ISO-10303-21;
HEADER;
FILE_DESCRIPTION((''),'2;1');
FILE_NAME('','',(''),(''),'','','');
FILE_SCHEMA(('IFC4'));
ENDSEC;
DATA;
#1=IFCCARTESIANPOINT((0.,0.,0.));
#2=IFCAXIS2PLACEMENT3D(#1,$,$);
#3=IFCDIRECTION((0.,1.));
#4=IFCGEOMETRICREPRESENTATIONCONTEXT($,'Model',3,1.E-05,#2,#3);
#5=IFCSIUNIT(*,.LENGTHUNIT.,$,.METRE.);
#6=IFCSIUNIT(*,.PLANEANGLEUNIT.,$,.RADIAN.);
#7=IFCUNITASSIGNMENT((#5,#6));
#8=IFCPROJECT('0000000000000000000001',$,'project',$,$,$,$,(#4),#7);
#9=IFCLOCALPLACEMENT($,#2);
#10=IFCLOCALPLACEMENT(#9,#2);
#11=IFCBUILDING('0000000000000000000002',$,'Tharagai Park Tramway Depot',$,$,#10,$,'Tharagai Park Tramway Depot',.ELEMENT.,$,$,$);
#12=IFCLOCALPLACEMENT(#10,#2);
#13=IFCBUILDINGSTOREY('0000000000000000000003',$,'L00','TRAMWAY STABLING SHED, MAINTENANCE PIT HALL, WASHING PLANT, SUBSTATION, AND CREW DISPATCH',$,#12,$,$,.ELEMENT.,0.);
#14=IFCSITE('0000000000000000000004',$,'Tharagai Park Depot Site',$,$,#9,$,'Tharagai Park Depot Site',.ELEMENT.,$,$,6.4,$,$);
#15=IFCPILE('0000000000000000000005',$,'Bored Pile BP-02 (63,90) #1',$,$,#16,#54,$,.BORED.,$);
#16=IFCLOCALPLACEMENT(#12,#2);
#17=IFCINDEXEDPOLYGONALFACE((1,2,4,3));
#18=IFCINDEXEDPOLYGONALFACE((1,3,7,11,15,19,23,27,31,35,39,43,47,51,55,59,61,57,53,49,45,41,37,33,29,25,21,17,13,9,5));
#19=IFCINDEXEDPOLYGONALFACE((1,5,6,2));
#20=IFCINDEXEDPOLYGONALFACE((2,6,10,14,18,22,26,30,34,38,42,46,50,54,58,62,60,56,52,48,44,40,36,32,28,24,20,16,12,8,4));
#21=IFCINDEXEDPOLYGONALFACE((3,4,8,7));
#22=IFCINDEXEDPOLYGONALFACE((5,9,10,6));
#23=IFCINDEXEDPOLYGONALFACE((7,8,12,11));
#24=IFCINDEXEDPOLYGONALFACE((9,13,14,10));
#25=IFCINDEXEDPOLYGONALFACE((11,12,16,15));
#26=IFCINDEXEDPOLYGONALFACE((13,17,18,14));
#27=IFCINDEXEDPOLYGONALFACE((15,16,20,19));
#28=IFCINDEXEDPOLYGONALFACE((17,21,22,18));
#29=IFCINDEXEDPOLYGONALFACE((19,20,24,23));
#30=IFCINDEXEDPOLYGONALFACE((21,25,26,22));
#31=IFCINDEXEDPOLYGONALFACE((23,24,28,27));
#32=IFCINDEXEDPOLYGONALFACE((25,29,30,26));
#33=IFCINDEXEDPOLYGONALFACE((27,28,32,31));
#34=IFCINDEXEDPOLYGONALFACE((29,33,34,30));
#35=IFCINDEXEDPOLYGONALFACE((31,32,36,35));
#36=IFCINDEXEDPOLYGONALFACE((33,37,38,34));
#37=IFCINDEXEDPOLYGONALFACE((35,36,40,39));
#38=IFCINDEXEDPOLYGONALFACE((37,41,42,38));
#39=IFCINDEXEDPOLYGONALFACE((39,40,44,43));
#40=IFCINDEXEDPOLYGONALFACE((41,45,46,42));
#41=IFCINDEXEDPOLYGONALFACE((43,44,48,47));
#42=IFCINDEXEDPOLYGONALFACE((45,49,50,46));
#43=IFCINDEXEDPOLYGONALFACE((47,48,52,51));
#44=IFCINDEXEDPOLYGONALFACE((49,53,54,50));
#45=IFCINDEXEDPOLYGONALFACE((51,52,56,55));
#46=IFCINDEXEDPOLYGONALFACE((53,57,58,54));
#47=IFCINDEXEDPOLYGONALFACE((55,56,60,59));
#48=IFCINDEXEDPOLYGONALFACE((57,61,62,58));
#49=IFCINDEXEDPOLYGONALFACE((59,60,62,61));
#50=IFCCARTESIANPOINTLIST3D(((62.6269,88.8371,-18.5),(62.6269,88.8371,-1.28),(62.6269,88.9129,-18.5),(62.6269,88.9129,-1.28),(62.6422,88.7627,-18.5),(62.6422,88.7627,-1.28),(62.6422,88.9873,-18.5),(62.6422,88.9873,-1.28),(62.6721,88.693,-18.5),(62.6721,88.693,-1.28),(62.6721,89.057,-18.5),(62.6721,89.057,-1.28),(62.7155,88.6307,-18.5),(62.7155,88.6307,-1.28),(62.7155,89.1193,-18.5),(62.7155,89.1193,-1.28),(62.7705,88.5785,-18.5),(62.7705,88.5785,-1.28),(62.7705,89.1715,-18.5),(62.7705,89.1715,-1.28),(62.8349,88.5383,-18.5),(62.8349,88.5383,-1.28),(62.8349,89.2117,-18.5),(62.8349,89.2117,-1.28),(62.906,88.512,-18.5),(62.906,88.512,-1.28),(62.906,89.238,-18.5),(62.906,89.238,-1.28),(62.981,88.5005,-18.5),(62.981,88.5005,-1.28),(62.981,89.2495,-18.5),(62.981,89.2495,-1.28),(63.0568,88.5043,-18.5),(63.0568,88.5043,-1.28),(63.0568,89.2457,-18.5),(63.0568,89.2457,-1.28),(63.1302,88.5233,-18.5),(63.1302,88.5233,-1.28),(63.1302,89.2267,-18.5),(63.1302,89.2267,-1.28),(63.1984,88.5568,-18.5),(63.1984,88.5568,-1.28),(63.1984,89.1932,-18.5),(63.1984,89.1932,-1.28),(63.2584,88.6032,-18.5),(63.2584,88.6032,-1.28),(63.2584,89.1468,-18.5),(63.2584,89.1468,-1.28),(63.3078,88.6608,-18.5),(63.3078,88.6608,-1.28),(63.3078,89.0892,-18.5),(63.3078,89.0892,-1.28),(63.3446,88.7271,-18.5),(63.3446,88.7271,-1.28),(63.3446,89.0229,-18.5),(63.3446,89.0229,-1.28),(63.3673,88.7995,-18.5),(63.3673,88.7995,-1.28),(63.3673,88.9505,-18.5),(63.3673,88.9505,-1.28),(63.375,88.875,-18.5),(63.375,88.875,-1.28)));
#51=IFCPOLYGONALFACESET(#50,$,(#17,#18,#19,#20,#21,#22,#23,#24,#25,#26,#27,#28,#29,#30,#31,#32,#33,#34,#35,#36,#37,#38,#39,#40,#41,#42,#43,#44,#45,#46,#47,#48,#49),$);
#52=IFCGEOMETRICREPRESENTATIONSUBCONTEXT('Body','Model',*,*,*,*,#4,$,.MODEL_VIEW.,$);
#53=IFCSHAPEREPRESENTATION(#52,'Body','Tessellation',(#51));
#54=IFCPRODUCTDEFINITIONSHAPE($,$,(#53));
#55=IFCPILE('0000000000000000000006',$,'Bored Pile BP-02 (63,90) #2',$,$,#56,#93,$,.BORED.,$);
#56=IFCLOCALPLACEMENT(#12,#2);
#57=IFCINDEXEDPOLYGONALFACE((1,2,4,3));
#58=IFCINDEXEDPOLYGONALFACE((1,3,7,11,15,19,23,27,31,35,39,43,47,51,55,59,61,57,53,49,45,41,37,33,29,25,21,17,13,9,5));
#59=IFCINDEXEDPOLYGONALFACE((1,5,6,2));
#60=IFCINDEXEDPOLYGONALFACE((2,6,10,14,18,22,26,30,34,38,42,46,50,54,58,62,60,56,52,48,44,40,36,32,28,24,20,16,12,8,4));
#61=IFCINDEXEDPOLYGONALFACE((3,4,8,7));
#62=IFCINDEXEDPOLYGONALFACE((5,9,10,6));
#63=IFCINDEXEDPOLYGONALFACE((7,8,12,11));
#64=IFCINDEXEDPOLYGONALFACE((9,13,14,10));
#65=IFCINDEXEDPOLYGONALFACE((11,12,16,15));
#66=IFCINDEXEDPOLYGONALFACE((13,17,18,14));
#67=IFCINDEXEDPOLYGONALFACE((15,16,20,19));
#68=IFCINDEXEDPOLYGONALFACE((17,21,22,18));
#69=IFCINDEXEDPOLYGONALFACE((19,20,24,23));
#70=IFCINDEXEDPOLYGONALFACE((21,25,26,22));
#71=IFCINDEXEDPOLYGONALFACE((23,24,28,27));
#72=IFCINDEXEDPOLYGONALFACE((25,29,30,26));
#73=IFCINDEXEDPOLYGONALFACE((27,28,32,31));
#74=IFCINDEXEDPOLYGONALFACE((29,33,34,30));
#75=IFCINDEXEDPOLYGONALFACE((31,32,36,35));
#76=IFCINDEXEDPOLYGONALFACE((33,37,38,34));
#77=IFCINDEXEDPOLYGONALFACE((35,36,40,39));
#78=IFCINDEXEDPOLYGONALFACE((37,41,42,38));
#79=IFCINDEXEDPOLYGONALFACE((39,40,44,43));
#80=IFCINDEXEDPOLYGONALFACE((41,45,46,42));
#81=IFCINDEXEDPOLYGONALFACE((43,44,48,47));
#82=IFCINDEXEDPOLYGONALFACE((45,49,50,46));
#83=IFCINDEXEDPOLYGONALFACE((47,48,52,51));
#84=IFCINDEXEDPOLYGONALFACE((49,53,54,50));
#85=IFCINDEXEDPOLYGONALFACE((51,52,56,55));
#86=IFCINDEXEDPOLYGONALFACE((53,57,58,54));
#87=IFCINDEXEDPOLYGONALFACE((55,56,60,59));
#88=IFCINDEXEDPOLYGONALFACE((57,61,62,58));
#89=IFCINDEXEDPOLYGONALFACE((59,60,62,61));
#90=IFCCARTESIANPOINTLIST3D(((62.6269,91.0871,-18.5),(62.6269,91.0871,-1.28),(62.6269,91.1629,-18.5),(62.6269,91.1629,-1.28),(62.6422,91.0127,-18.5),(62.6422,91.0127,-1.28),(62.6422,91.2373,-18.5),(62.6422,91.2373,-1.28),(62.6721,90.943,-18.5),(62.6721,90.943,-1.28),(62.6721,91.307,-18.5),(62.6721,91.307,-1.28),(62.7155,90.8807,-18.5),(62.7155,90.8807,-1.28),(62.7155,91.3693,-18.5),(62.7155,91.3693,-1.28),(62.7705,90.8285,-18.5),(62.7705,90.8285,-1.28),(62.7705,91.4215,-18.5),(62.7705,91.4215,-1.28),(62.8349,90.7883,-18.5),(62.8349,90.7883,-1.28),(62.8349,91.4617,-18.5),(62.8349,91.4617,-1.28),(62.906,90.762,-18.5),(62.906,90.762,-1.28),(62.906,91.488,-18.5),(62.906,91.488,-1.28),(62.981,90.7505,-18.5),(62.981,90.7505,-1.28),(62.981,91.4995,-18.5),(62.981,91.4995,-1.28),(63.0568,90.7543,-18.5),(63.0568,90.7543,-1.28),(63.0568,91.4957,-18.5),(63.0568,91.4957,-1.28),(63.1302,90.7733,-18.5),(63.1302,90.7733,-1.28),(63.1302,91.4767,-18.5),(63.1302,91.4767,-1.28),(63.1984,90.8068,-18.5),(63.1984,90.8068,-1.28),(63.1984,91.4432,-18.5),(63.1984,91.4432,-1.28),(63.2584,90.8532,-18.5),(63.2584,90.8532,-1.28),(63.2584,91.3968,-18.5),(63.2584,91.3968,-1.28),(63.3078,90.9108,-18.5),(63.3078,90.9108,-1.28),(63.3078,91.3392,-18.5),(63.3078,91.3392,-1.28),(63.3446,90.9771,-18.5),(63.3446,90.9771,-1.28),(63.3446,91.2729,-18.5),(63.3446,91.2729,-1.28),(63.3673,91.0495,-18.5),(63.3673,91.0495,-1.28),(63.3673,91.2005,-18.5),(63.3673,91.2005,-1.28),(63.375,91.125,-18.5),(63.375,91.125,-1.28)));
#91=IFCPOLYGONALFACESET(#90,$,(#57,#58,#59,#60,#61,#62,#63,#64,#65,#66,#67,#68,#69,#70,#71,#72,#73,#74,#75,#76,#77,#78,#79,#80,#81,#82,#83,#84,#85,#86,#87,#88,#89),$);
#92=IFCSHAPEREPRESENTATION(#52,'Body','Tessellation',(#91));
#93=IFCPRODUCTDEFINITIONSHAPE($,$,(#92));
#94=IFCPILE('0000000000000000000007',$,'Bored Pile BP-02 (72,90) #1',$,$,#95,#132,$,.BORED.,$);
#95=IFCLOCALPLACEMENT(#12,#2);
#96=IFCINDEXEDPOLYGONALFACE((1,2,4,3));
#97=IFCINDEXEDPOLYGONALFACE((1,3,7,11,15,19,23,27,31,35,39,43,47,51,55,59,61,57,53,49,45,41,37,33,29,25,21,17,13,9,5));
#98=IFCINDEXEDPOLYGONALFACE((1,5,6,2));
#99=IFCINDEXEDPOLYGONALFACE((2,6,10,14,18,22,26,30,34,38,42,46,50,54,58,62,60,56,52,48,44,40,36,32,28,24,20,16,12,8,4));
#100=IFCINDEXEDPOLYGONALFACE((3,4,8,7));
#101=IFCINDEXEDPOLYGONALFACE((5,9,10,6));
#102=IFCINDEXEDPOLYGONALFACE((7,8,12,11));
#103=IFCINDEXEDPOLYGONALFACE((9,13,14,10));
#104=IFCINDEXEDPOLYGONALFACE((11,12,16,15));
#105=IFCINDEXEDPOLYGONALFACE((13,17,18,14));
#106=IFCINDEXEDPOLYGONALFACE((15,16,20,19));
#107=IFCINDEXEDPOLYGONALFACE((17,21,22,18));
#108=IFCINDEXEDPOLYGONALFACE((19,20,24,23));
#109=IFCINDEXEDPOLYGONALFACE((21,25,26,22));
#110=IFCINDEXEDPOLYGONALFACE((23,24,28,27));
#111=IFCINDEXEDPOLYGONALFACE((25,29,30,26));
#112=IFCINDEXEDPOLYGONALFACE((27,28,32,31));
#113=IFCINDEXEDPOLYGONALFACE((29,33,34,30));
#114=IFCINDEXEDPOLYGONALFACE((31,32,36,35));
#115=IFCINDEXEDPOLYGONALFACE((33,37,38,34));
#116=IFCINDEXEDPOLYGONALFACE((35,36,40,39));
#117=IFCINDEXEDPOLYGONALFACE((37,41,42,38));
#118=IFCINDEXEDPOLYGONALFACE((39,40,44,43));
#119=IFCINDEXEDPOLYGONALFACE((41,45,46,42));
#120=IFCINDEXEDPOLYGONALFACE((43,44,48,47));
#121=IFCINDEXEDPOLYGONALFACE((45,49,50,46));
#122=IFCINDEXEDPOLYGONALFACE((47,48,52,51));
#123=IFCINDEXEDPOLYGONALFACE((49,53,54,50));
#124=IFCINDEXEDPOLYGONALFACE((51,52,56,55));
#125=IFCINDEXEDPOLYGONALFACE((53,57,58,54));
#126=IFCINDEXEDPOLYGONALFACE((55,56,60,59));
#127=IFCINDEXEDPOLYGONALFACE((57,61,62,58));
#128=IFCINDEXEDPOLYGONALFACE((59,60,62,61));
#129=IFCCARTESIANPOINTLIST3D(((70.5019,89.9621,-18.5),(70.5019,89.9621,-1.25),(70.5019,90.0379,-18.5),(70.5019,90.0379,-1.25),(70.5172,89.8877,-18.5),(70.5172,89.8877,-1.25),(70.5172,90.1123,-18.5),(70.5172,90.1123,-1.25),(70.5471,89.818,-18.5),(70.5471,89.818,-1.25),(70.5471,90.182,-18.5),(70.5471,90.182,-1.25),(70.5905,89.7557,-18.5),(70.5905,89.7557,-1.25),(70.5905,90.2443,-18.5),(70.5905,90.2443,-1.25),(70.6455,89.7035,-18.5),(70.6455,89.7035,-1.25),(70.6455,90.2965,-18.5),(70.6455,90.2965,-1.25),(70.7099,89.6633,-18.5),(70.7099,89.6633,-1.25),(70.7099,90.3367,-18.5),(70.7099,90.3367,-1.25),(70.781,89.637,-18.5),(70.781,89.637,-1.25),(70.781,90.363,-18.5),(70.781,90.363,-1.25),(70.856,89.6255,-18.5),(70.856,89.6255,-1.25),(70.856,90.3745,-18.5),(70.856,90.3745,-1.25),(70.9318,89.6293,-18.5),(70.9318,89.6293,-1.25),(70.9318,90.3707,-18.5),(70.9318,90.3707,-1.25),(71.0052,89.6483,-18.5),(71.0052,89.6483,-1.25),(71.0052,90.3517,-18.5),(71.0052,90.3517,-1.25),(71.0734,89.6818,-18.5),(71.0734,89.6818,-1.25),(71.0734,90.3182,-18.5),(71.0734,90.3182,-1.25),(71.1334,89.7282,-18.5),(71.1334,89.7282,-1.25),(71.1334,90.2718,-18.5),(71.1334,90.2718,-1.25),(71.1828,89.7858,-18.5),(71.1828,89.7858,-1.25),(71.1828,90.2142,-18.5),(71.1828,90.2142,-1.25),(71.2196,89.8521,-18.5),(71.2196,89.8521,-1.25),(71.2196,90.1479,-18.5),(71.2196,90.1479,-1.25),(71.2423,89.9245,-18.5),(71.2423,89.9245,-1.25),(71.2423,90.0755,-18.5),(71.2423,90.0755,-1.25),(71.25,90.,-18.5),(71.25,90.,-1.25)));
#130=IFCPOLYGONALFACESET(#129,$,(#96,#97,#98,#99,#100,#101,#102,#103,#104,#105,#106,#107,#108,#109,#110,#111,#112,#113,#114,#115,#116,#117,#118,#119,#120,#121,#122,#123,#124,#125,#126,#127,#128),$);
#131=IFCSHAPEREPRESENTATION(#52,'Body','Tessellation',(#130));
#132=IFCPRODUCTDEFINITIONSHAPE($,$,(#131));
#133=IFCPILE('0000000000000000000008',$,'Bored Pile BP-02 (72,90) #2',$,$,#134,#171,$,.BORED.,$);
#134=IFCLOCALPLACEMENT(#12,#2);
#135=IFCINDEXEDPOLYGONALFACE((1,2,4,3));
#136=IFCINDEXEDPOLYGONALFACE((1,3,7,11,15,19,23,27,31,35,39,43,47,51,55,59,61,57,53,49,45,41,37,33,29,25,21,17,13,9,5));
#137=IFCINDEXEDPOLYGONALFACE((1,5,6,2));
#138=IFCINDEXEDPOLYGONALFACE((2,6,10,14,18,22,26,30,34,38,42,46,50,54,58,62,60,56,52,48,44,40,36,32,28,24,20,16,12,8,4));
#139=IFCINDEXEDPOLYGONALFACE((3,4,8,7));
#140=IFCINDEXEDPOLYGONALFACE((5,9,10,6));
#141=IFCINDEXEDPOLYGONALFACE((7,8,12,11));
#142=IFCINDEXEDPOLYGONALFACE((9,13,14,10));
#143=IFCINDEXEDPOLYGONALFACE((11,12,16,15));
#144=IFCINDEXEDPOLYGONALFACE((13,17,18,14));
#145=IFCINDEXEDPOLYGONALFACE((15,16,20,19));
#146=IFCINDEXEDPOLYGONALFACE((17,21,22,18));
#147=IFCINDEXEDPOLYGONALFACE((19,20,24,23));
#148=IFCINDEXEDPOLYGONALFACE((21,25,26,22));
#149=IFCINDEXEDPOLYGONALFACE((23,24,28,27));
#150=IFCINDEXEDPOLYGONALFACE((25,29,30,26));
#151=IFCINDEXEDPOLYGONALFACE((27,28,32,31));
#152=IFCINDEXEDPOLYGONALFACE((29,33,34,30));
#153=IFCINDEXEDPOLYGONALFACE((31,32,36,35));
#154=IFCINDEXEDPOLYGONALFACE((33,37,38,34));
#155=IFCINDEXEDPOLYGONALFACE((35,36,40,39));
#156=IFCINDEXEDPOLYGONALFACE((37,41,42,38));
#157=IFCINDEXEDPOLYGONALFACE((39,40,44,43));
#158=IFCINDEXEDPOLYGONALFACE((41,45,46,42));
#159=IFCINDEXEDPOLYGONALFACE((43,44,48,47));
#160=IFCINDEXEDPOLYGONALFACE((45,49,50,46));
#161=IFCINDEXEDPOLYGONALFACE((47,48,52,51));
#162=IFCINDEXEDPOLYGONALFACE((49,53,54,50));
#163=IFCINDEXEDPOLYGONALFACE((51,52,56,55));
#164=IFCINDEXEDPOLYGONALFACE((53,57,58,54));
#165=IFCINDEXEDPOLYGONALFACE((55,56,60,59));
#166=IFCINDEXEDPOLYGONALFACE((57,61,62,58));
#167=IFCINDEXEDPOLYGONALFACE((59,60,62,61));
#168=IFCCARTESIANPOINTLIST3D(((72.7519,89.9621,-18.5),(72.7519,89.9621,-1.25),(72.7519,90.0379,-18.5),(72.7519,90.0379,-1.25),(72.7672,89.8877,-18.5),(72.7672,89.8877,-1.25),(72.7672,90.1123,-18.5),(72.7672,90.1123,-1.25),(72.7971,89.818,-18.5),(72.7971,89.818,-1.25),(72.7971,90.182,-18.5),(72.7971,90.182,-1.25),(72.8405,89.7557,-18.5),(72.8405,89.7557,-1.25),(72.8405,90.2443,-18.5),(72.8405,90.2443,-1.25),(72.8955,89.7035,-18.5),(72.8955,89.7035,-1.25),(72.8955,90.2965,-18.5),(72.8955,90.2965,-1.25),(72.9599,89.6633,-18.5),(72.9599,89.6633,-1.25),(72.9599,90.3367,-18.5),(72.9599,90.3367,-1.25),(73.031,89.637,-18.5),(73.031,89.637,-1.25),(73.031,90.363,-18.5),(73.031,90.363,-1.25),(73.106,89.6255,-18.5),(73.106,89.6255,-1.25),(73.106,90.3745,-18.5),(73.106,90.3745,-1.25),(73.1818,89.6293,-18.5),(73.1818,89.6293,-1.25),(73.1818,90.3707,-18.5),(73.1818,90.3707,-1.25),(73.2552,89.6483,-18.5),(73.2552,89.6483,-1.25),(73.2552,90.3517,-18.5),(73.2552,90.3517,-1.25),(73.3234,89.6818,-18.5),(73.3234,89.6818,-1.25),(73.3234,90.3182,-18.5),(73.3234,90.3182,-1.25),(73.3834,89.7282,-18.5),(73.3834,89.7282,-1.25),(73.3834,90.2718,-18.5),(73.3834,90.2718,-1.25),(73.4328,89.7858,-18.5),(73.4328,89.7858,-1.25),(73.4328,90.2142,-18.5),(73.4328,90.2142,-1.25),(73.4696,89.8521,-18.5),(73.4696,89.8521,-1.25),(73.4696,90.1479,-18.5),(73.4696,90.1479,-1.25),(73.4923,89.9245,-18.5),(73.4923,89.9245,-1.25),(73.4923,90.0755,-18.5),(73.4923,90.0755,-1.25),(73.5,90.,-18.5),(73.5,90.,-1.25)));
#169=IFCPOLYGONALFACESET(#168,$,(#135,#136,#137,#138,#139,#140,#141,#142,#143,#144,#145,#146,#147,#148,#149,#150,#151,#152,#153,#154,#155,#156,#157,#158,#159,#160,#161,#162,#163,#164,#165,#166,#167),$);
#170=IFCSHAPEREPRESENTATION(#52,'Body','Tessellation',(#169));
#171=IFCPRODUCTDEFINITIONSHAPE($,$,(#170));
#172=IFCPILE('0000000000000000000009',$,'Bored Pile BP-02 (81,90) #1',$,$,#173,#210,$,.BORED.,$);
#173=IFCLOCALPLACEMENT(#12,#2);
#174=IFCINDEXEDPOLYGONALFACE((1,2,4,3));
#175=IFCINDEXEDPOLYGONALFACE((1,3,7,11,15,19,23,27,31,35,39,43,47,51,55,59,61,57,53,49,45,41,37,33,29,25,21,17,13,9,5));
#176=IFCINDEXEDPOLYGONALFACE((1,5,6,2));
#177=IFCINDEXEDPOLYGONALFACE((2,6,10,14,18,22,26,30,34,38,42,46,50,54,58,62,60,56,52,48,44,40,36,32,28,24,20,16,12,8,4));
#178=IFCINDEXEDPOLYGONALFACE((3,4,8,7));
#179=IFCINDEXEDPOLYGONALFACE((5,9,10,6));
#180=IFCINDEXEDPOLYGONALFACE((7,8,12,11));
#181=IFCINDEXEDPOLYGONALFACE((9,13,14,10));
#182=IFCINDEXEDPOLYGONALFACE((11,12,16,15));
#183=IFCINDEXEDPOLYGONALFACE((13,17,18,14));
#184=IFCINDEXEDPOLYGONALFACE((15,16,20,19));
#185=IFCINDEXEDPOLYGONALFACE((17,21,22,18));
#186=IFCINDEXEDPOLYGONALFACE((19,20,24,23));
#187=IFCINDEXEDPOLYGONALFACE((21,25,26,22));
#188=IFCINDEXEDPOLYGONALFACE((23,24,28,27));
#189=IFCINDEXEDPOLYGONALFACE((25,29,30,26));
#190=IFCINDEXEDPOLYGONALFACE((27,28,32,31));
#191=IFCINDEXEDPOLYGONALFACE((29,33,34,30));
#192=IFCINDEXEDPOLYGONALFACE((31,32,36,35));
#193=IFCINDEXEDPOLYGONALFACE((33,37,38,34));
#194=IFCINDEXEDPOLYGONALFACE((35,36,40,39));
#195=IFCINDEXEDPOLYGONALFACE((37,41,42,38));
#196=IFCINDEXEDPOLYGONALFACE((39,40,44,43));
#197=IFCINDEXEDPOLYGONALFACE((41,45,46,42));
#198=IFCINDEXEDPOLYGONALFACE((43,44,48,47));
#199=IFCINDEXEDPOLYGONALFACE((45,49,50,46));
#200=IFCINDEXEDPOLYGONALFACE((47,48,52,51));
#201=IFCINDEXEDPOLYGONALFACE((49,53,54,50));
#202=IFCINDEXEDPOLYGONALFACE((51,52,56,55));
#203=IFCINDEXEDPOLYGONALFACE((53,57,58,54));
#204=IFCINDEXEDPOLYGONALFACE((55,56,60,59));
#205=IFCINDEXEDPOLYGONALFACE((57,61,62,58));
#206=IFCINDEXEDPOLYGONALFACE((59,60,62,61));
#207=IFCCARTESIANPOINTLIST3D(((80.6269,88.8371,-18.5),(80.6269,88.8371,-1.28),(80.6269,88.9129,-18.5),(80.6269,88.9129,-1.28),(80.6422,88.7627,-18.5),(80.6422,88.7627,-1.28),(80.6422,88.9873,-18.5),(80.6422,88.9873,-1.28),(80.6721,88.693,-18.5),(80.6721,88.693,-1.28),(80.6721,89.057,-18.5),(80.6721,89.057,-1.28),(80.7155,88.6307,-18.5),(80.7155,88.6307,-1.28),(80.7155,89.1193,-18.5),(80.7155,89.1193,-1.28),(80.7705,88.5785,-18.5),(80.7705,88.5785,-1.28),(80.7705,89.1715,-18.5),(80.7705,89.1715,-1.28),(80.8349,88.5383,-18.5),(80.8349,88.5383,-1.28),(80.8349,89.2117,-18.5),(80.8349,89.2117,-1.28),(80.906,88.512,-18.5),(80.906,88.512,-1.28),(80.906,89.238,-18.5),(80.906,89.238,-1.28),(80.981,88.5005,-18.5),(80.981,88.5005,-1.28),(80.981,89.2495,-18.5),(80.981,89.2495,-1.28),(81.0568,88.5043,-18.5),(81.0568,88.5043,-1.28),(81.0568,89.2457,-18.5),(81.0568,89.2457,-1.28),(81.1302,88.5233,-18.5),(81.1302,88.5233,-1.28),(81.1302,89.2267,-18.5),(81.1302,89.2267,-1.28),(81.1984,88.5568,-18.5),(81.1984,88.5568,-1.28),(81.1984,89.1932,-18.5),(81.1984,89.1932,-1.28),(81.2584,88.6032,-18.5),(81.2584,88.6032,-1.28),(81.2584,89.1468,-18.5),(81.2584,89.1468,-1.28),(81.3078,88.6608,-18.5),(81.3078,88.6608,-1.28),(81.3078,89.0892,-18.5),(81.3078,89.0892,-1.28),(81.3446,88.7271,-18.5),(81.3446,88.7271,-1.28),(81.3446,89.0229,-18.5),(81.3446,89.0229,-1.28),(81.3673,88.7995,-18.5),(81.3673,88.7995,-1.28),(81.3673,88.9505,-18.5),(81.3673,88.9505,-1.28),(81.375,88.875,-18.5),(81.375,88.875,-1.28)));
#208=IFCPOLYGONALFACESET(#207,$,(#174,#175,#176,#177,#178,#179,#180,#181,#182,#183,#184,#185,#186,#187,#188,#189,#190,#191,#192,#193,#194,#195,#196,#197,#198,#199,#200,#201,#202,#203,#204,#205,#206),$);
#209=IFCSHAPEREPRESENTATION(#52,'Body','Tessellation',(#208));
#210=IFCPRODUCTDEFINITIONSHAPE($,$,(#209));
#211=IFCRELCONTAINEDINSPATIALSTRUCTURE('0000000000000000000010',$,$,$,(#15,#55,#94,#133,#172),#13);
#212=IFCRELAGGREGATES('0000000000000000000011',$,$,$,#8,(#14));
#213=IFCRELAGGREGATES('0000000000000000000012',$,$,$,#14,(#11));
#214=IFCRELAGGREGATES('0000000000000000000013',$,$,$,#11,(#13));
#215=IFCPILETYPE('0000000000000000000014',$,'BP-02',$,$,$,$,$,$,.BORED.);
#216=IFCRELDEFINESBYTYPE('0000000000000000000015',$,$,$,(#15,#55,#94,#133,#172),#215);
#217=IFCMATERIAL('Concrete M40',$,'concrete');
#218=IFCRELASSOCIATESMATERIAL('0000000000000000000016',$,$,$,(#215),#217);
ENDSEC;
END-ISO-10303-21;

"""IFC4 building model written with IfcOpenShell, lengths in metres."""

from ifc_helpers import new_model, si_unit, direction, frame, origin, origin_2d, place, context, subcontext, project, spatial, circle, extrude, material, material_profile, profile_set, type_object, element, save


model = new_model("IFC4")

# Units and contexts
model_context = context("Model", 3, precision=1e-05, world=origin(), true_north=direction((0.0, 1.0)))
body_context = subcontext(model_context, "Body", "Model", "MODEL_VIEW")
ifc_project = project(units=[si_unit("LENGTHUNIT", "METRE"), si_unit("PLANEANGLEUNIT", "RADIAN")], contexts=[model_context])

# Site, building, storey
site_placement = place(None, origin())
site = spatial("IfcSite", under=ifc_project, at=site_placement, Name="Tharagai Park Depot Site", LongName="Tharagai Park Depot Site", CompositionType="ELEMENT", RefElevation=6.4)
building_placement = place(site_placement, origin())
building = spatial("IfcBuilding", under=site, at=building_placement, Name="Tharagai Park Tramway Depot", LongName="Tharagai Park Tramway Depot", CompositionType="ELEMENT")
storey_placement = place(building_placement, origin())
storey = spatial("IfcBuildingStorey", under=building, at=storey_placement, Name="L00", Description="TRAMWAY STABLING SHED, MAINTENANCE PIT HALL, WASHING PLANT, SUBSTATION, AND CREW DISPATCH", CompositionType="ELEMENT", Elevation=0.0)

# Piles
ifc_material_1 = material(Name="Concrete M40", Category="concrete")
ifc_material_profile_1 = material_profile(ifc_material_1, circle(Radius=0.375, at=origin_2d()), Name="PILE D750")
ifc_profile_set_1 = profile_set([ifc_material_profile_1], Name="Concrete M40")
pile_type_1 = type_object("IfcPileType", Name="BP-02", PredefinedType="BORED", material=ifc_profile_set_1)
for number, where, z_axis, x_axis, name in (
    (1, (63.0, 88.875, -1.28), (0.0, 0.0, -1.0), (1.0, 0.0, 0.0), "Bored Pile BP-02 (63,90) #1"),
    (2, (63.0, 91.125, -1.28), (0.0, 0.0, -1.0), (1.0, 0.0, 0.0), "Bored Pile BP-02 (63,90) #2"),
):
    element("IfcPile", number, at=place(storey_placement, frame(where, z_axis=z_axis, x_axis=x_axis)), inside=storey, type_object=pile_type_1, Name=name, PredefinedType="BORED", context=body_context, shape_type="SweptSolid", body=[
        extrude(circle(Radius=0.375, at=origin_2d()), origin(), (0.0, 0.0, 1.0), 17.22),
    ])
for number, where, z_axis, x_axis, name in (
    (3, (70.875, 90.0, -1.25), (0.0, 0.0, -1.0), (1.0, 0.0, 0.0), "Bored Pile BP-02 (72,90) #1"),
    (4, (73.125, 90.0, -1.25), (0.0, 0.0, -1.0), (1.0, 0.0, 0.0), "Bored Pile BP-02 (72,90) #2"),
):
    element("IfcPile", number, at=place(storey_placement, frame(where, z_axis=z_axis, x_axis=x_axis)), inside=storey, type_object=pile_type_1, Name=name, PredefinedType="BORED", context=body_context, shape_type="SweptSolid", body=[
        extrude(circle(Radius=0.375, at=origin_2d()), origin(), (0.0, 0.0, 1.0), 17.25),
    ])
for number, where, z_axis, x_axis, name in (
    (5, (81.0, 88.875, -1.28), (0.0, 0.0, -1.0), (1.0, 0.0, 0.0), "Bored Pile BP-02 (81,90) #1"),
):
    element("IfcPile", number, at=place(storey_placement, frame(where, z_axis=z_axis, x_axis=x_axis)), inside=storey, type_object=pile_type_1, Name=name, PredefinedType="BORED", context=body_context, shape_type="SweptSolid", body=[
        extrude(circle(Radius=0.375, at=origin_2d()), origin(), (0.0, 0.0, 1.0), 17.22),
    ])

save(model, "model.ifc")
